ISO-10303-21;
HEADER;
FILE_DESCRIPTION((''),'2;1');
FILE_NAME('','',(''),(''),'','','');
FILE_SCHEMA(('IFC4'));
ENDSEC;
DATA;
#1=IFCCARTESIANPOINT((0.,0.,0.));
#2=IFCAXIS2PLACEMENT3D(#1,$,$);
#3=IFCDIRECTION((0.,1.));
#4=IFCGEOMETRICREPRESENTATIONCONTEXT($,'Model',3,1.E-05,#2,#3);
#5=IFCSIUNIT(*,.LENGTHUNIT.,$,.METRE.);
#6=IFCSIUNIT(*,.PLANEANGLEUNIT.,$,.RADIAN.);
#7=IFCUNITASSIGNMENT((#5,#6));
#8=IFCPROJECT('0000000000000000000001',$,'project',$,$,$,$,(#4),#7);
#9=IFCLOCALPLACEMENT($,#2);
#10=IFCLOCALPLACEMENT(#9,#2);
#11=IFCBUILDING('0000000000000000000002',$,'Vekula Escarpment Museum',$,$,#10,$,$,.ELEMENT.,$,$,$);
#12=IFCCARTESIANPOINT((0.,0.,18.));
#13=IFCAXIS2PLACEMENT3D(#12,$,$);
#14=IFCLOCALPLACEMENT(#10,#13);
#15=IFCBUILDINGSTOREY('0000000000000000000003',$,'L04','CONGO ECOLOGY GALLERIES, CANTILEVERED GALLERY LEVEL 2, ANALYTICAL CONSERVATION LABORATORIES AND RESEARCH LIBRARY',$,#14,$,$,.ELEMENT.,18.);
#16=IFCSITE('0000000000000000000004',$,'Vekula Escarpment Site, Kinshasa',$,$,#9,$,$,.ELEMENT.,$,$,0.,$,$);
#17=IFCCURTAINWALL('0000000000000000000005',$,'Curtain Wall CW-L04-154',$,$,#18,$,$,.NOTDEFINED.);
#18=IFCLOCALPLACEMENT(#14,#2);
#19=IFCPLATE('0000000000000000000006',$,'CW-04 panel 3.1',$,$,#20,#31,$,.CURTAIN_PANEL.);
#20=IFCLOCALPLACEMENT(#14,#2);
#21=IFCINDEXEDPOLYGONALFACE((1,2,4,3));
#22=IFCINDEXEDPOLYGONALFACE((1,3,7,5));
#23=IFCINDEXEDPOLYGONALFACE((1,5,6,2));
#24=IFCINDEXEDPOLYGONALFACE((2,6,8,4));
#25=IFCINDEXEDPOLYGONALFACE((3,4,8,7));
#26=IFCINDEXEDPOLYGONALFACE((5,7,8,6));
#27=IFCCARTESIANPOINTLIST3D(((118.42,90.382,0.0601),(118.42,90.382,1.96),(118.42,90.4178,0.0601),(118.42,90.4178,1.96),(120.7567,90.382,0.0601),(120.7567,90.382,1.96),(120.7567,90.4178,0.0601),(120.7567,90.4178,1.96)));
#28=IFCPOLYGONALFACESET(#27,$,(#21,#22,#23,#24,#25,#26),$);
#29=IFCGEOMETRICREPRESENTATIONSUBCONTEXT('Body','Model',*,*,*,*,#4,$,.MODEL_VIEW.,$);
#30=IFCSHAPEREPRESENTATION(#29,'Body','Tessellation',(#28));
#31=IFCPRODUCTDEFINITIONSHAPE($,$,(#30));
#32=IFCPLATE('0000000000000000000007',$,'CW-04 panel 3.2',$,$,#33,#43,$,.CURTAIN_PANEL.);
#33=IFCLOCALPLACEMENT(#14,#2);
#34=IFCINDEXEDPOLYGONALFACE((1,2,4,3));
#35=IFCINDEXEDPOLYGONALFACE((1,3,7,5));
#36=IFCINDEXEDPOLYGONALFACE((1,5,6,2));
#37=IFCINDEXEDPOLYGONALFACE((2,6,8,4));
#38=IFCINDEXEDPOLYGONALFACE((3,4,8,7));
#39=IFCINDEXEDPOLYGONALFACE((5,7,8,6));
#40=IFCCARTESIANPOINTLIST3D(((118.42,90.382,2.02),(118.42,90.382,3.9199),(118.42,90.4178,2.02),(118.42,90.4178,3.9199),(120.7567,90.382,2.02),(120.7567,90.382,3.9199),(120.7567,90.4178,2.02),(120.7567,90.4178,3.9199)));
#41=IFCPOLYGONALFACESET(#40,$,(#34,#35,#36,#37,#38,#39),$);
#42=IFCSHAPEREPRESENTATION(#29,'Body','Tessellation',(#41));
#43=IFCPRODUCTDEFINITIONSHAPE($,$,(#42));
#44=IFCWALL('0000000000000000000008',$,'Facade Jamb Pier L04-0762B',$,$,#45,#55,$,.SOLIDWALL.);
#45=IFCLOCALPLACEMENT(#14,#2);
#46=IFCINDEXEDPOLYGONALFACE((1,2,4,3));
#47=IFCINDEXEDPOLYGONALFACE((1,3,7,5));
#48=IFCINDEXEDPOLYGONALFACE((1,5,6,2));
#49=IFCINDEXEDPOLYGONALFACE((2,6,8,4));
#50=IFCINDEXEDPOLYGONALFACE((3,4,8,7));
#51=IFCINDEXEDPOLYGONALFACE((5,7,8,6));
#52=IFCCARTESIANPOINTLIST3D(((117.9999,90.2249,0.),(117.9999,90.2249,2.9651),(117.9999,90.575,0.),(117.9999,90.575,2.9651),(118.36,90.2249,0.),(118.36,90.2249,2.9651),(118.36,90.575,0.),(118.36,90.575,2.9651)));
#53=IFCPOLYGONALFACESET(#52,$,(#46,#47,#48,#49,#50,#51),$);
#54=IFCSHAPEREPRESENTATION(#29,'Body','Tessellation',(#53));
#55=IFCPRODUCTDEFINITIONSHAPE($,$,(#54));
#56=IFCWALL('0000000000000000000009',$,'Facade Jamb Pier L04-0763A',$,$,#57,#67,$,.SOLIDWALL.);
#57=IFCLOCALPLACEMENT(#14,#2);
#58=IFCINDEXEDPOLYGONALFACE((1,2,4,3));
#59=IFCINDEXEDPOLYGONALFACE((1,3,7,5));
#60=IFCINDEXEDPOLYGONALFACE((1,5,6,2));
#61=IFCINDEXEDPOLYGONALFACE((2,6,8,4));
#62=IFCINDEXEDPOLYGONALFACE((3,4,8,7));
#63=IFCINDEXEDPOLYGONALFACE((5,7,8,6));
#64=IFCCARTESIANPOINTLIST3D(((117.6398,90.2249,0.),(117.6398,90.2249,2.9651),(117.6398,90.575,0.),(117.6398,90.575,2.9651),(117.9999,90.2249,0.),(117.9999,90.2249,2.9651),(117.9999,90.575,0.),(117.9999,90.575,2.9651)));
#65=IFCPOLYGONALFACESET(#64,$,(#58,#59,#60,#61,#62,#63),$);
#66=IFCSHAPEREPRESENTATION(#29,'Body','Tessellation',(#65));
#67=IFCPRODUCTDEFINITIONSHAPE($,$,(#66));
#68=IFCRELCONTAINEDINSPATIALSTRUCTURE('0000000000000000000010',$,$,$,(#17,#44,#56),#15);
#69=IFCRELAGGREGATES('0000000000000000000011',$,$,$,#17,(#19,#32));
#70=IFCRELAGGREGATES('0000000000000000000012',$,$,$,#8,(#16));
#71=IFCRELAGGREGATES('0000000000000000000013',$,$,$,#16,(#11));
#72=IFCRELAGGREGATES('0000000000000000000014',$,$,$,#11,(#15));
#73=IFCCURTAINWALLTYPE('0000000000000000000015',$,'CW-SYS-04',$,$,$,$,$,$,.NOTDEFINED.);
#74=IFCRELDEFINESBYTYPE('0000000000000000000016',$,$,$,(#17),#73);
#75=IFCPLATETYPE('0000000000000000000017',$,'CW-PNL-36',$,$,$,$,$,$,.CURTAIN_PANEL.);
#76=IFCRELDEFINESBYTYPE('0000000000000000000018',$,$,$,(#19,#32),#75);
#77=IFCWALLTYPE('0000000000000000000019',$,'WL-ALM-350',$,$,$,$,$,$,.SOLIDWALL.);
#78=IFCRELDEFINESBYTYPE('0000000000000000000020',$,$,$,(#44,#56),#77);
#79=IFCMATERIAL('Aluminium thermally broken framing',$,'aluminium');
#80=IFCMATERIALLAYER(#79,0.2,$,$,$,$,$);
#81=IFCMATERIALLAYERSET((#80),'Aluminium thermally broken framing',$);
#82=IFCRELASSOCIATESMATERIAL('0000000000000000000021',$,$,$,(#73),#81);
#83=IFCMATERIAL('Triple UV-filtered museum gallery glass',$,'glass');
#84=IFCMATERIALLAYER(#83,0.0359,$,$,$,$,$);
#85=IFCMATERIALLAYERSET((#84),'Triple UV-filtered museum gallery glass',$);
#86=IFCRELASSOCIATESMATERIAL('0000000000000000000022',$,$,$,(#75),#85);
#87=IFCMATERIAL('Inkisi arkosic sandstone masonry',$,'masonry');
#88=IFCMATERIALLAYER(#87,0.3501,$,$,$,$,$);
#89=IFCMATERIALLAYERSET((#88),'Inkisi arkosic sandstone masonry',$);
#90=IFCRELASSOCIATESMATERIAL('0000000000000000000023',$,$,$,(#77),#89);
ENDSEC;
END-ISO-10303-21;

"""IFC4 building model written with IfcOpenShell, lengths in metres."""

from ifc_helpers import new_model, si_unit, direction, frame, frame_2d, origin, origin_2d, place, context, subcontext, project, spatial, rectangle, extrude, material, layer, layer_set, type_object, element, aggregate, save


model = new_model("IFC4")

# Units and contexts
model_context = context("Model", 3, precision=1e-05, world=origin(), true_north=direction((0.0, 1.0)))
body_context = subcontext(model_context, "Body", "Model", "MODEL_VIEW")
ifc_project = project(units=[si_unit("LENGTHUNIT", "METRE"), si_unit("PLANEANGLEUNIT", "RADIAN")], contexts=[model_context])

# Site, building, storey
site_placement = place(None, origin())
site = spatial("IfcSite", under=ifc_project, at=site_placement, Name="Vekula Escarpment Site, Kinshasa", CompositionType="ELEMENT", RefElevation=0.0)
building_placement = place(site_placement, origin())
building = spatial("IfcBuilding", under=site, at=building_placement, Name="Vekula Escarpment Museum", CompositionType="ELEMENT")
storey_placement = place(building_placement, frame((0.0, 0.0, 18.0)))
storey = spatial("IfcBuildingStorey", under=building, at=storey_placement, Name="L04", Description="CONGO ECOLOGY GALLERIES, CANTILEVERED GALLERY LEVEL 2, ANALYTICAL CONSERVATION LABORATORIES AND RESEARCH LIBRARY", CompositionType="ELEMENT", Elevation=18.0)

# Curtain wall
ifc_material_1 = material(Name="Aluminium thermally broken framing", Category="aluminium")
ifc_layer_1 = layer(ifc_material_1, 0.2)
ifc_layer_set_1 = layer_set([ifc_layer_1], Name="Aluminium thermally broken framing")
curtain_wall_type_1 = type_object("IfcCurtainWallType", Name="CW-SYS-04", PredefinedType="NOTDEFINED", material=ifc_layer_set_1)
curtain_wall_1_placement = place(storey_placement, origin())
curtain_wall_1 = element("IfcCurtainWall", 1, at=curtain_wall_1_placement, inside=storey, type_object=curtain_wall_type_1, Name="Curtain Wall CW-L04-154", PredefinedType="NOTDEFINED")

# Plates
ifc_material_2 = material(Name="Triple UV-filtered museum gallery glass", Category="glass")
ifc_layer_2 = layer(ifc_material_2, 0.0359)
ifc_layer_set_2 = layer_set([ifc_layer_2], Name="Triple UV-filtered museum gallery glass")
plate_type = type_object("IfcPlateType", Name="CW-PNL-36", PredefinedType="CURTAIN_PANEL", material=ifc_layer_set_2)
plate_1_placement = place(storey_placement, frame((119.5884, 90.3999, 0.0601), z_axis=(0.0, 0.0, 1.0), x_axis=(-1.0, 0.0, 0.0)))
plate_1 = element("IfcPlate", 2, at=plate_1_placement, type_object=plate_type, Name="CW-04 panel 3.1", PredefinedType="CURTAIN_PANEL", context=body_context, shape_type="SweptSolid", body=[
    extrude(rectangle(XDim=2.3367, YDim=0.0359, at=origin_2d()), origin(), (0.0, 0.0, 1.0), 1.8999),
])
plate_2_placement = place(storey_placement, frame((119.5884, 90.3999, 2.02), z_axis=(0.0, 0.0, 1.0), x_axis=(-1.0, 0.0, 0.0)))
plate_2 = element("IfcPlate", 3, at=plate_2_placement, type_object=plate_type, Name="CW-04 panel 3.2", PredefinedType="CURTAIN_PANEL", context=body_context, shape_type="SweptSolid", body=[
    extrude(rectangle(XDim=2.3367, YDim=0.0359, at=origin_2d()), origin(), (0.0, 0.0, 1.0), 1.8999),
])
aggregate(curtain_wall_1, [plate_1, plate_2])

# Walls
ifc_material_3 = material(Name="Inkisi arkosic sandstone masonry", Category="masonry")
ifc_layer_3 = layer(ifc_material_3, 0.3501)
ifc_layer_set_3 = layer_set([ifc_layer_3], Name="Inkisi arkosic sandstone masonry")
wall_type = type_object("IfcWallType", Name="WL-ALM-350", PredefinedType="SOLIDWALL", material=ifc_layer_set_3)
for number, where, z_axis, x_axis, name in (
    (4, (118.3601, 90.3999, 0.0), (0.0, 0.0, 1.0), (-1.0, 0.0, 0.0), "Facade Jamb Pier L04-0762B"),
    (5, (118.0, 90.3999, 0.0), (0.0, 0.0, 1.0), (-1.0, 0.0, 0.0), "Facade Jamb Pier L04-0763A"),
):
    element("IfcWall", number, at=place(storey_placement, frame(where, z_axis=z_axis, x_axis=x_axis)), inside=storey, type_object=wall_type, Name=name, PredefinedType="SOLIDWALL", context=body_context, shape_type="SweptSolid", body=[
        extrude(rectangle(XDim=0.3601, YDim=0.3501, at=frame_2d((0.1802, 0.0))), origin(), (0.0, 0.0, 1.0), 2.9651),
    ])

save(model, "model.ifc")
